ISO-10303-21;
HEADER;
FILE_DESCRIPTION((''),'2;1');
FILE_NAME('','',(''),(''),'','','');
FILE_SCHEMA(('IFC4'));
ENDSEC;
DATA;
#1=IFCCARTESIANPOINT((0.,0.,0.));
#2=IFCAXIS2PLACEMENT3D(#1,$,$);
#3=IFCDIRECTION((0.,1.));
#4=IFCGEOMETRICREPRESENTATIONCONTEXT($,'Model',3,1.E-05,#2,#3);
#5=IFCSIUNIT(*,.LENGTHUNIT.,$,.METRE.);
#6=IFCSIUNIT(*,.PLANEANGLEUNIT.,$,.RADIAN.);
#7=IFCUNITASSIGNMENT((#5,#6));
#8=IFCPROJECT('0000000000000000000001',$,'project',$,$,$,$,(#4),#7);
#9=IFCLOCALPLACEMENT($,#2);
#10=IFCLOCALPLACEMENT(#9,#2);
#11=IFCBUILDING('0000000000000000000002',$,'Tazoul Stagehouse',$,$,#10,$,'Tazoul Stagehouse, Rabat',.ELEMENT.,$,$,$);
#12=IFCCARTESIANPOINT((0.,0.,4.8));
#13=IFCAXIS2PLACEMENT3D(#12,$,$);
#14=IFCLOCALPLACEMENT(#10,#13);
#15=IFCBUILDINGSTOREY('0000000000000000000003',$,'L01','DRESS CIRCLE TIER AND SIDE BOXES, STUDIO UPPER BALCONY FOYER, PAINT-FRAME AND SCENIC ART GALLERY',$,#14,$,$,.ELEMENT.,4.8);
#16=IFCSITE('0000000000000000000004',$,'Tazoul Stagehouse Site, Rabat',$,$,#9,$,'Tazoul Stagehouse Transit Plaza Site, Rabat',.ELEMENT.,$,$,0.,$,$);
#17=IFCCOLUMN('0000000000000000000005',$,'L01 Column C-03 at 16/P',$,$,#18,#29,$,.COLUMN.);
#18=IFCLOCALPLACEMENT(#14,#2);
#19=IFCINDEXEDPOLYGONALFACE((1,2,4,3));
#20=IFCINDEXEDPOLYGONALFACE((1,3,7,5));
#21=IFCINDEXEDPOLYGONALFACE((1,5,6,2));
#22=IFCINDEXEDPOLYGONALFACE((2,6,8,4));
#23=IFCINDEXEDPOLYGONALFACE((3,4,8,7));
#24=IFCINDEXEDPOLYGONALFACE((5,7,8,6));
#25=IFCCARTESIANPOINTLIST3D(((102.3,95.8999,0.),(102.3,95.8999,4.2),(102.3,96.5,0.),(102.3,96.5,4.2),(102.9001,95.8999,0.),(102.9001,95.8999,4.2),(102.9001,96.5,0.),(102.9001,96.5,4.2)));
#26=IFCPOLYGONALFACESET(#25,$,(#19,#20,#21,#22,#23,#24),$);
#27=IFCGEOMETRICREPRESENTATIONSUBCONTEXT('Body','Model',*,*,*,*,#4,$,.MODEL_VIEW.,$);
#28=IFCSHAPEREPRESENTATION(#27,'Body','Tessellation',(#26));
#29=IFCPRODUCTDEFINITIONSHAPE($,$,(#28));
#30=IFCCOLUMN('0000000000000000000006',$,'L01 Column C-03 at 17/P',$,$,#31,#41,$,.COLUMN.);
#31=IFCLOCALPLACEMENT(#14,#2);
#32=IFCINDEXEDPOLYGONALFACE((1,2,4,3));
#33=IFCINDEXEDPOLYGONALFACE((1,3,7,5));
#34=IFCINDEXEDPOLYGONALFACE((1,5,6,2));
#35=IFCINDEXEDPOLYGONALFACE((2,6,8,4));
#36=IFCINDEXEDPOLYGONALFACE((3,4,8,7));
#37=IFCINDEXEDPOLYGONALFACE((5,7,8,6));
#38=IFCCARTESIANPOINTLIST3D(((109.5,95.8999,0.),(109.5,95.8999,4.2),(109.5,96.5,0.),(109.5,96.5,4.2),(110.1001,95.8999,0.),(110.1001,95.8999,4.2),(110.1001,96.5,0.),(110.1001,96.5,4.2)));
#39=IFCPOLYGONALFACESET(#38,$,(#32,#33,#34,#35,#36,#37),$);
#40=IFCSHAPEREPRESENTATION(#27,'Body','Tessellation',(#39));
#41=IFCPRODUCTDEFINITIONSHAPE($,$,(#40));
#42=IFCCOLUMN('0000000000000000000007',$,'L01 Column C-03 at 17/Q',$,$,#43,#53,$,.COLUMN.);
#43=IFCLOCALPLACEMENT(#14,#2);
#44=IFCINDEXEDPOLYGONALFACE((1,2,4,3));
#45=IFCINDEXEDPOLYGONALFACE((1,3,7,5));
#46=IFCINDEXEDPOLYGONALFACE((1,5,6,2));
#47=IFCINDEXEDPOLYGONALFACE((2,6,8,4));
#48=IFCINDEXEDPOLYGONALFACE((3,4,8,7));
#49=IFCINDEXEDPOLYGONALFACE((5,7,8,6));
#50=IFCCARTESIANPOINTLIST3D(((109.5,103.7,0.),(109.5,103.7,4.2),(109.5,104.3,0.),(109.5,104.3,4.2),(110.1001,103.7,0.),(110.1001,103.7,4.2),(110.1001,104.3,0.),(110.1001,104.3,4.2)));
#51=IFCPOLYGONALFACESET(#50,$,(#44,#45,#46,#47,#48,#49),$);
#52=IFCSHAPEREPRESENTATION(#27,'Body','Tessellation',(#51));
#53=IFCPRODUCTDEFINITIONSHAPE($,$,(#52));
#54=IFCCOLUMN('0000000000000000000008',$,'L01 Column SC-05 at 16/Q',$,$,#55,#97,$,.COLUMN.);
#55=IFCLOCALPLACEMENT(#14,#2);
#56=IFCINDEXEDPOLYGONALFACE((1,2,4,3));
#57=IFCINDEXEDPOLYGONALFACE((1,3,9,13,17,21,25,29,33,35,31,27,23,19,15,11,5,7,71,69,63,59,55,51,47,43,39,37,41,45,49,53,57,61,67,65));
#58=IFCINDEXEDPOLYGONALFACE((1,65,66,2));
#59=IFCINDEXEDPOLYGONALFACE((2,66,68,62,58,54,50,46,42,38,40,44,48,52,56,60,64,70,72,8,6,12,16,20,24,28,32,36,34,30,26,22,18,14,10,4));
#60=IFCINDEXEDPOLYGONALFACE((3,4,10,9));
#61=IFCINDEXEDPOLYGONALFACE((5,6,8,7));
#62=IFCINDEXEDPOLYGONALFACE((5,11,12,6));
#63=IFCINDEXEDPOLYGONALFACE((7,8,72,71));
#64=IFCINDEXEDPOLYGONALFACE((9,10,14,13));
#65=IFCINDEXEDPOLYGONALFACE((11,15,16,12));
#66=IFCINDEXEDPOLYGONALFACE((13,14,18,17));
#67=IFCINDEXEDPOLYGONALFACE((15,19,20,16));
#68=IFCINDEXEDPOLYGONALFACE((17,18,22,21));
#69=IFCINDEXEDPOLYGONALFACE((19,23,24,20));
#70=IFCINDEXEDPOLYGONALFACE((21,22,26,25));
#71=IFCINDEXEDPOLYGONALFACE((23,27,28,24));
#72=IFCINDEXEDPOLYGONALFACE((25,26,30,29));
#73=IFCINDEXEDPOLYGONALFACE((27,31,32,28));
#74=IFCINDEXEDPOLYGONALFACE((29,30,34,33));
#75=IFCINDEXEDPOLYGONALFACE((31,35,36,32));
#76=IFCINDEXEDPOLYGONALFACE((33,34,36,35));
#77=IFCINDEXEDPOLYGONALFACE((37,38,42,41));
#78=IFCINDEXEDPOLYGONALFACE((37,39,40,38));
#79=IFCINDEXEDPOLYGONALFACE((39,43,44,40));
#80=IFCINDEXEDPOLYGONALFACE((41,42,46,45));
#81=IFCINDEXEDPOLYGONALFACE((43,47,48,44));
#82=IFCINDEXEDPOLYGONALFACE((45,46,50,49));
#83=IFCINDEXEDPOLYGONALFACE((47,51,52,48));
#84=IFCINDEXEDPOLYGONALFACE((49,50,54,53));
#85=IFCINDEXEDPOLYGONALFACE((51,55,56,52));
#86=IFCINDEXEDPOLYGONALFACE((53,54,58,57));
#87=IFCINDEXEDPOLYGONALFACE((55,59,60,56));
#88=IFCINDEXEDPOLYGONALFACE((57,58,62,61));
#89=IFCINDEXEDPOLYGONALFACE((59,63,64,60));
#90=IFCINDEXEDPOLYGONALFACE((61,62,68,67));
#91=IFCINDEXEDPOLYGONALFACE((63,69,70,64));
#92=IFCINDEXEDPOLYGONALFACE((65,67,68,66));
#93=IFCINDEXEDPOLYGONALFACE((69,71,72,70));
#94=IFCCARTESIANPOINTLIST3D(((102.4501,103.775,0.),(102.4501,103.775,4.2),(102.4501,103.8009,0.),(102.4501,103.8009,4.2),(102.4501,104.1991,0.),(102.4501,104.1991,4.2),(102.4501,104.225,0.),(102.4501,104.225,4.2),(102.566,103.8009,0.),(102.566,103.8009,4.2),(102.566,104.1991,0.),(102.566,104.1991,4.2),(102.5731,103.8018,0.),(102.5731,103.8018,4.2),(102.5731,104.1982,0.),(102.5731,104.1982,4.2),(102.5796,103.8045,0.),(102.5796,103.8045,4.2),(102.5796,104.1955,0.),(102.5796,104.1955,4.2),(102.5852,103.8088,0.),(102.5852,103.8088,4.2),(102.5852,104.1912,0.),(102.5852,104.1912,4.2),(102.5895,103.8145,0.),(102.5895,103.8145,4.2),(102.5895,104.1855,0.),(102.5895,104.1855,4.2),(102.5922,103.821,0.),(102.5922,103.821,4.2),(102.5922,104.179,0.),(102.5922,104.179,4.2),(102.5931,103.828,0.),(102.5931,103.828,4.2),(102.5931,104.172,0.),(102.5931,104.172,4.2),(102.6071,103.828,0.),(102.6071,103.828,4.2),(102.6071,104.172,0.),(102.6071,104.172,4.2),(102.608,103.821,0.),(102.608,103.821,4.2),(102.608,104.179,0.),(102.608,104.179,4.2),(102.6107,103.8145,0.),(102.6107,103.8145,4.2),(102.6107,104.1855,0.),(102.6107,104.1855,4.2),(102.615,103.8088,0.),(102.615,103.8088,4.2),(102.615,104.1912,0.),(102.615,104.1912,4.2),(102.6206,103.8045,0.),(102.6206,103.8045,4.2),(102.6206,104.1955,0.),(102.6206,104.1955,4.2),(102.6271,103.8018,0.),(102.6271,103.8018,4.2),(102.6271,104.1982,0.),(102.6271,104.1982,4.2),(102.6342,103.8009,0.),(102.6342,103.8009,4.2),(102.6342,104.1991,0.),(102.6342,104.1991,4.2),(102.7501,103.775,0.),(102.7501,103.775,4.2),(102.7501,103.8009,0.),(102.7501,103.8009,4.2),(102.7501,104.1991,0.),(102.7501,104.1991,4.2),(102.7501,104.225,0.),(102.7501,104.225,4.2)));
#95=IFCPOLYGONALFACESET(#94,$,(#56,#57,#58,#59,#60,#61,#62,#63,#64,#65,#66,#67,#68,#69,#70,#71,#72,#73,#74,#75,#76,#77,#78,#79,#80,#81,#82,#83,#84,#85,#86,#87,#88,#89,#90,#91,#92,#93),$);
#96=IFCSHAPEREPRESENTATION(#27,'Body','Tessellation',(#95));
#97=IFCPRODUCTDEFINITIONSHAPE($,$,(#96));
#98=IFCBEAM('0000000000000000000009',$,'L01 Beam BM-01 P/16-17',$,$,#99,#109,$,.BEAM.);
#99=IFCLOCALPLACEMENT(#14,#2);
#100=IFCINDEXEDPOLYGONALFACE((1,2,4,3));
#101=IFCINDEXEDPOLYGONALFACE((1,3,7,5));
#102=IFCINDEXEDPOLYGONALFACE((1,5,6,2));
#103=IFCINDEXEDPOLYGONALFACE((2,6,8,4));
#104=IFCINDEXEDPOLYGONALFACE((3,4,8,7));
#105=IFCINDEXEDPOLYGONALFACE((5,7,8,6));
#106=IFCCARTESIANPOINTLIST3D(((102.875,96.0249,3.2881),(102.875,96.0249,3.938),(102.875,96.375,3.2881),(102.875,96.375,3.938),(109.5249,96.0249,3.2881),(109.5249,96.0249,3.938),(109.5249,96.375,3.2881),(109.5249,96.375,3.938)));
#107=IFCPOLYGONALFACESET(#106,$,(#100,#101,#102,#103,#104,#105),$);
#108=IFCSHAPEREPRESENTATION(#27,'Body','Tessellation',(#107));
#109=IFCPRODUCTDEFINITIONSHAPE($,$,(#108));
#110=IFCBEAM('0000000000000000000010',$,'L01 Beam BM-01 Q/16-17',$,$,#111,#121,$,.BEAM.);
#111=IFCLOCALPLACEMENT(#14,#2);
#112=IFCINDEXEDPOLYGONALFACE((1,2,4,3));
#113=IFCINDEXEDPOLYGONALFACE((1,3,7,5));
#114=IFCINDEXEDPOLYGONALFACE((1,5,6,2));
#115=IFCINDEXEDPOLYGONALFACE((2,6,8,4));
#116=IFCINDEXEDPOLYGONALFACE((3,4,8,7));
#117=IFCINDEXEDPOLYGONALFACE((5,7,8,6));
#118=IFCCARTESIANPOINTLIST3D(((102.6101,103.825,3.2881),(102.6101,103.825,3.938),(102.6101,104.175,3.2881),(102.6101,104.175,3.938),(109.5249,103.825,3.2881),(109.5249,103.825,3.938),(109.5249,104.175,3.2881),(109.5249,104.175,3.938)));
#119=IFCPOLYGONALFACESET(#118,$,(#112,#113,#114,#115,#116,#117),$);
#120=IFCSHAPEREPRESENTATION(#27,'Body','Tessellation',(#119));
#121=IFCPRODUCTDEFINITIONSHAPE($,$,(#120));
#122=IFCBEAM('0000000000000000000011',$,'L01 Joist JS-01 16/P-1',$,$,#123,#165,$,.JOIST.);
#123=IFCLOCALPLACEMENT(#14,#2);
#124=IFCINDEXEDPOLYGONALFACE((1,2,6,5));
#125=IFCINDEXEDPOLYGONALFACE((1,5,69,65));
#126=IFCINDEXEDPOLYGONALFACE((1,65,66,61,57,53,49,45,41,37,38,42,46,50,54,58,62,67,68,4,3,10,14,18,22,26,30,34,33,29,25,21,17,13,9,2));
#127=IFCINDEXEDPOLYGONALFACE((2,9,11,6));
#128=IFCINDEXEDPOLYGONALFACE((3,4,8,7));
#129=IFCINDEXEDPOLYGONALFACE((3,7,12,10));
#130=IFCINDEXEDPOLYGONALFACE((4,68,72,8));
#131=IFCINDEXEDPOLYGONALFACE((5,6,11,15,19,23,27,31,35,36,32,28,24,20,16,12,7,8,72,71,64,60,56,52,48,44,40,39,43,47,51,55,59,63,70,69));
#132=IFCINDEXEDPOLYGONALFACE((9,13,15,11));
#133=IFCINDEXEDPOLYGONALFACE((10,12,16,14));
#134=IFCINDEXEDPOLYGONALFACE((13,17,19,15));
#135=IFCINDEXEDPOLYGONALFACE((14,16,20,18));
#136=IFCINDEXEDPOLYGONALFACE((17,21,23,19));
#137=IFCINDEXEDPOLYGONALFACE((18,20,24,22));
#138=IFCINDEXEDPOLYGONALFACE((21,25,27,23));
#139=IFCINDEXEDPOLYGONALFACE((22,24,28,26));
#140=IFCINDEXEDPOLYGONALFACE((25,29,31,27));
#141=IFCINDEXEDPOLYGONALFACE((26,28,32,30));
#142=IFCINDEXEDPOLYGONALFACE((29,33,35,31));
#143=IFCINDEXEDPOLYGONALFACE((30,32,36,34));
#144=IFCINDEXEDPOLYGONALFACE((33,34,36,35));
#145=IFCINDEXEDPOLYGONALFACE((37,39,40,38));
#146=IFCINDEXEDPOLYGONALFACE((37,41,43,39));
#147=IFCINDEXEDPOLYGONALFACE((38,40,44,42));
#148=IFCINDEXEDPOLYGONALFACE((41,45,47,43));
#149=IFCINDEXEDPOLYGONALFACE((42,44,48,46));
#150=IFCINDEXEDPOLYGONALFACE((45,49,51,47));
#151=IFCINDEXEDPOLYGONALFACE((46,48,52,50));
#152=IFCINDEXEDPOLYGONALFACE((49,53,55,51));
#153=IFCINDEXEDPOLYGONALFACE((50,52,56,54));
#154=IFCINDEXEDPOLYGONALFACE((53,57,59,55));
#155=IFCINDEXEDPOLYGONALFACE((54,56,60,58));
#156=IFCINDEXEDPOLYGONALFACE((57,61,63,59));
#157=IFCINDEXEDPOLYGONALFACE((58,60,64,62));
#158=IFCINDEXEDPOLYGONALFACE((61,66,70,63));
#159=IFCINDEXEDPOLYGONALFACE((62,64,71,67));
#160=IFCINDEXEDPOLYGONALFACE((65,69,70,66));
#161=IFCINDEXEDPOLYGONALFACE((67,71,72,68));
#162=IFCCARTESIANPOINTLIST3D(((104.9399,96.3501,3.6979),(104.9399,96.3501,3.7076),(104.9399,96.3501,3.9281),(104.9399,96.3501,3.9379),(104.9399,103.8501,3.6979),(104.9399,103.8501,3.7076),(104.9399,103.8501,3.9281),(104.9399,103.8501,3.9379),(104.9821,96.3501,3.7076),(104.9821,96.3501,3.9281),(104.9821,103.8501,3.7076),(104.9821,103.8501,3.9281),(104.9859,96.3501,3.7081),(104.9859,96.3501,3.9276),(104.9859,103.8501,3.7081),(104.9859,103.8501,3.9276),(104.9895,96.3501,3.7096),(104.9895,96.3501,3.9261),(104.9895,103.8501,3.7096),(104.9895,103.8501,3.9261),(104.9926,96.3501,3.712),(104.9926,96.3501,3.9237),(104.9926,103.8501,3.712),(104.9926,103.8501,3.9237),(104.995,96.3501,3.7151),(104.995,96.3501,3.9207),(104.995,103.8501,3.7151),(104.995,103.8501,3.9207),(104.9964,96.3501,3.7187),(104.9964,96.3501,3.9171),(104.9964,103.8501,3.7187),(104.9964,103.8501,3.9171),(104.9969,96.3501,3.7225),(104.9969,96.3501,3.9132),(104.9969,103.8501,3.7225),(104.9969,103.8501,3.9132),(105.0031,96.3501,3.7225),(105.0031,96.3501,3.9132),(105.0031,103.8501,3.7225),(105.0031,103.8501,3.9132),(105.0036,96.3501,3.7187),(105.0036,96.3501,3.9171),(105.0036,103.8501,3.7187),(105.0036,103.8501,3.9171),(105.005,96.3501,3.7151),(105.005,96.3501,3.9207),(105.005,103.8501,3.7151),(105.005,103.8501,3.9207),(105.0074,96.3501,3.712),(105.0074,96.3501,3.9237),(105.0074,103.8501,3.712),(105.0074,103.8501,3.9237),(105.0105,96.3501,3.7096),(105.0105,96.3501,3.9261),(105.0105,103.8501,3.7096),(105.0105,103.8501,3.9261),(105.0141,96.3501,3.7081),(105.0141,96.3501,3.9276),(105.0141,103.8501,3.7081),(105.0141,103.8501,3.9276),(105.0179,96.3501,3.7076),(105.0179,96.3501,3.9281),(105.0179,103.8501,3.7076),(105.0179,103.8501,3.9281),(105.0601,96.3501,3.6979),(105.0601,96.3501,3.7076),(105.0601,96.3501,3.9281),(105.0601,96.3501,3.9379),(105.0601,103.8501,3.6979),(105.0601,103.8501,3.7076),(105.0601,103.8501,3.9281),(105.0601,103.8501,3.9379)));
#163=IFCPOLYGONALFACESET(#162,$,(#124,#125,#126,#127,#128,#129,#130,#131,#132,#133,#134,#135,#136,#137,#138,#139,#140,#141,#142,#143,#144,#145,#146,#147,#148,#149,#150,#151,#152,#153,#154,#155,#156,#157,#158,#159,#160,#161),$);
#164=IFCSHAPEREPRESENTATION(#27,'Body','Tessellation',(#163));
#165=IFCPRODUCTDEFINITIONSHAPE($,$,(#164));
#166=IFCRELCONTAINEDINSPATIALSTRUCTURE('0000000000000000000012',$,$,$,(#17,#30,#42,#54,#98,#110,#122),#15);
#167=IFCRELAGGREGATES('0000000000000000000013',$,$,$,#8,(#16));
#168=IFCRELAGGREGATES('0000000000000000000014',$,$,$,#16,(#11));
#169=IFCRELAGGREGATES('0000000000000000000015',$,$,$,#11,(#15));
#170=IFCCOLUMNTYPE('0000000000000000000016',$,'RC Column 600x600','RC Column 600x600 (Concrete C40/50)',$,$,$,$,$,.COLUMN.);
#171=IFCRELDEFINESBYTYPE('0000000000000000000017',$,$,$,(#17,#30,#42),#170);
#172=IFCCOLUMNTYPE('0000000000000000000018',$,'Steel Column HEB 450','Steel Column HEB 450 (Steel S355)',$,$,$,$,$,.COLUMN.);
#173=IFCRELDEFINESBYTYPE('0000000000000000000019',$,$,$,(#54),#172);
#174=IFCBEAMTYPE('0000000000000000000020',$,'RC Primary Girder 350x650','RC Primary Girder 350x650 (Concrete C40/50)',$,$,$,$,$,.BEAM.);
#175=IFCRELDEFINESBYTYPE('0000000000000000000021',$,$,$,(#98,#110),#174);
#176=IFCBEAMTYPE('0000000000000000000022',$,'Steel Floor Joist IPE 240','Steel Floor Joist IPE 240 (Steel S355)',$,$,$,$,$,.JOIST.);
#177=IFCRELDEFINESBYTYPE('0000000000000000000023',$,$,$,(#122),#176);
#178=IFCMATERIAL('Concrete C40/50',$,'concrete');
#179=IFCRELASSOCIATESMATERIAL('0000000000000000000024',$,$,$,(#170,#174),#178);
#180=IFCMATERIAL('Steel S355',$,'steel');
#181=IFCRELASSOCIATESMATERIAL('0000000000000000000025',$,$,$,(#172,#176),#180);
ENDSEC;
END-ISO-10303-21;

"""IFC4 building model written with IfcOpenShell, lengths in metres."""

from ifc_helpers import new_model, si_unit, direction, frame, origin, origin_2d, place, context, subcontext, project, spatial, rectangle, i_section, extrude, material, material_profile, profile_set, type_object, element, save


model = new_model("IFC4")

# Units and contexts
model_context = context("Model", 3, precision=1e-05, world=origin(), true_north=direction((0.0, 1.0)))
body_context = subcontext(model_context, "Body", "Model", "MODEL_VIEW")
ifc_project = project(units=[si_unit("LENGTHUNIT", "METRE"), si_unit("PLANEANGLEUNIT", "RADIAN")], contexts=[model_context])

# Site, building, storey
site_placement = place(None, origin())
site = spatial("IfcSite", under=ifc_project, at=site_placement, Name="Tazoul Stagehouse Site, Rabat", LongName="Tazoul Stagehouse Transit Plaza Site, Rabat", CompositionType="ELEMENT", RefElevation=0.0)
building_placement = place(site_placement, origin())
building = spatial("IfcBuilding", under=site, at=building_placement, Name="Tazoul Stagehouse", LongName="Tazoul Stagehouse, Rabat", CompositionType="ELEMENT")
storey_placement = place(building_placement, frame((0.0, 0.0, 4.8)))
storey = spatial("IfcBuildingStorey", under=building, at=storey_placement, Name="L01", Description="DRESS CIRCLE TIER AND SIDE BOXES, STUDIO UPPER BALCONY FOYER, PAINT-FRAME AND SCENIC ART GALLERY", CompositionType="ELEMENT", Elevation=4.8)

# Columns
ifc_material_1 = material(Name="Concrete C40/50", Category="concrete")
ifc_material_profile_1 = material_profile(ifc_material_1, rectangle(XDim=0.6001, YDim=0.6001, at=origin_2d()), Name="RC 600x600")
ifc_profile_set_1 = profile_set([ifc_material_profile_1], Name="Concrete C40/50")
column_type_1 = type_object("IfcColumnType", Name="RC Column 600x600", Description="RC Column 600x600 (Concrete C40/50)", PredefinedType="COLUMN", material=ifc_profile_set_1)
for number, where, z_axis, x_axis, name in (
    (1, (102.6001, 96.2, 0.0), (0.0, 0.0, 1.0), (1.0, 0.0, 0.0), "L01 Column C-03 at 16/P"),
    (2, (109.8, 96.2, 0.0), (0.0, 0.0, 1.0), (1.0, 0.0, 0.0), "L01 Column C-03 at 17/P"),
    (3, (109.8, 104.0, 0.0), (0.0, 0.0, 1.0), (1.0, 0.0, 0.0), "L01 Column C-03 at 17/Q"),
):
    element("IfcColumn", number, at=place(storey_placement, frame(where, z_axis=z_axis, x_axis=x_axis)), inside=storey, type_object=column_type_1, Name=name, PredefinedType="COLUMN", context=body_context, shape_type="SweptSolid", body=[
        extrude(rectangle(XDim=0.6001, YDim=0.6001, at=origin_2d()), origin(), (0.0, 0.0, 1.0), 4.2),
    ])
ifc_material_2 = material(Name="Steel S355", Category="steel")
ifc_material_profile_2 = material_profile(ifc_material_2, i_section(OverallWidth=0.3, OverallDepth=0.45, WebThickness=0.0139, FlangeThickness=0.0259, FilletRadius=0.0271, at=origin_2d()), Name="HEB 450")
ifc_profile_set_2 = profile_set([ifc_material_profile_2], Name="Steel S355")
column_type_2 = type_object("IfcColumnType", Name="Steel Column HEB 450", Description="Steel Column HEB 450 (Steel S355)", PredefinedType="COLUMN", material=ifc_profile_set_2)
column_placement = place(storey_placement, frame((102.6001, 104.0, 0.0), z_axis=(0.0, 0.0, 1.0), x_axis=(1.0, 0.0, 0.0)))
element("IfcColumn", 4, at=column_placement, inside=storey, type_object=column_type_2, Name="L01 Column SC-05 at 16/Q", PredefinedType="COLUMN", context=body_context, shape_type="SweptSolid", body=[
    extrude(i_section(OverallWidth=0.3, OverallDepth=0.45, WebThickness=0.0139, FlangeThickness=0.0259, FilletRadius=0.0271, at=origin_2d()), origin(), (0.0, 0.0, 1.0), 4.2),
])

# Beams
ifc_material_profile_3 = material_profile(ifc_material_1, rectangle(XDim=0.3501, YDim=0.6499, at=origin_2d()), Name="RC 350x650")
ifc_profile_set_3 = profile_set([ifc_material_profile_3], Name="Concrete C40/50")
beam_type_1 = type_object("IfcBeamType", Name="RC Primary Girder 350x650", Description="RC Primary Girder 350x650 (Concrete C40/50)", PredefinedType="BEAM", material=ifc_profile_set_3)
beam_1_placement = place(storey_placement, frame((102.875, 96.2, 3.613), z_axis=(1.0, 0.0, 0.0), x_axis=(0.0, 1.0, 0.0)))
element("IfcBeam", 5, at=beam_1_placement, inside=storey, type_object=beam_type_1, Name="L01 Beam BM-01 P/16-17", PredefinedType="BEAM", context=body_context, shape_type="SweptSolid", body=[
    extrude(rectangle(XDim=0.3501, YDim=0.6499, at=origin_2d()), origin(), (0.0, 0.0, 1.0), 6.6499),
])
beam_2_placement = place(storey_placement, frame((102.6101, 104.0, 3.613), z_axis=(1.0, 0.0, 0.0), x_axis=(0.0, 1.0, 0.0)))
element("IfcBeam", 6, at=beam_2_placement, inside=storey, type_object=beam_type_1, Name="L01 Beam BM-01 Q/16-17", PredefinedType="BEAM", context=body_context, shape_type="SweptSolid", body=[
    extrude(rectangle(XDim=0.3501, YDim=0.6499, at=origin_2d()), origin(), (0.0, 0.0, 1.0), 6.9148),
])
ifc_material_profile_4 = material_profile(ifc_material_2, i_section(OverallWidth=0.1201, OverallDepth=0.24, WebThickness=0.0061, FlangeThickness=0.0098, FilletRadius=0.0149, at=origin_2d()), Name="IPE 240")
ifc_profile_set_4 = profile_set([ifc_material_profile_4], Name="Steel S355")
beam_type_2 = type_object("IfcBeamType", Name="Steel Floor Joist IPE 240", Description="Steel Floor Joist IPE 240 (Steel S355)", PredefinedType="JOIST", material=ifc_profile_set_4)
for number, where, z_axis, x_axis, name in (
    (7, (105.0, 96.3501, 3.8179), (0.0, 1.0, 0.0), (-1.0, 0.0, 0.0), "L01 Joist JS-01 16/P-1"),
):
    element("IfcBeam", number, at=place(storey_placement, frame(where, z_axis=z_axis, x_axis=x_axis)), inside=storey, type_object=beam_type_2, Name=name, PredefinedType="JOIST", context=body_context, shape_type="SweptSolid", body=[
        extrude(i_section(OverallWidth=0.1201, OverallDepth=0.24, WebThickness=0.0061, FlangeThickness=0.0098, FilletRadius=0.0149, at=origin_2d()), origin(), (0.0, 0.0, 1.0), 7.5),
    ])

save(model, "model.ifc")
